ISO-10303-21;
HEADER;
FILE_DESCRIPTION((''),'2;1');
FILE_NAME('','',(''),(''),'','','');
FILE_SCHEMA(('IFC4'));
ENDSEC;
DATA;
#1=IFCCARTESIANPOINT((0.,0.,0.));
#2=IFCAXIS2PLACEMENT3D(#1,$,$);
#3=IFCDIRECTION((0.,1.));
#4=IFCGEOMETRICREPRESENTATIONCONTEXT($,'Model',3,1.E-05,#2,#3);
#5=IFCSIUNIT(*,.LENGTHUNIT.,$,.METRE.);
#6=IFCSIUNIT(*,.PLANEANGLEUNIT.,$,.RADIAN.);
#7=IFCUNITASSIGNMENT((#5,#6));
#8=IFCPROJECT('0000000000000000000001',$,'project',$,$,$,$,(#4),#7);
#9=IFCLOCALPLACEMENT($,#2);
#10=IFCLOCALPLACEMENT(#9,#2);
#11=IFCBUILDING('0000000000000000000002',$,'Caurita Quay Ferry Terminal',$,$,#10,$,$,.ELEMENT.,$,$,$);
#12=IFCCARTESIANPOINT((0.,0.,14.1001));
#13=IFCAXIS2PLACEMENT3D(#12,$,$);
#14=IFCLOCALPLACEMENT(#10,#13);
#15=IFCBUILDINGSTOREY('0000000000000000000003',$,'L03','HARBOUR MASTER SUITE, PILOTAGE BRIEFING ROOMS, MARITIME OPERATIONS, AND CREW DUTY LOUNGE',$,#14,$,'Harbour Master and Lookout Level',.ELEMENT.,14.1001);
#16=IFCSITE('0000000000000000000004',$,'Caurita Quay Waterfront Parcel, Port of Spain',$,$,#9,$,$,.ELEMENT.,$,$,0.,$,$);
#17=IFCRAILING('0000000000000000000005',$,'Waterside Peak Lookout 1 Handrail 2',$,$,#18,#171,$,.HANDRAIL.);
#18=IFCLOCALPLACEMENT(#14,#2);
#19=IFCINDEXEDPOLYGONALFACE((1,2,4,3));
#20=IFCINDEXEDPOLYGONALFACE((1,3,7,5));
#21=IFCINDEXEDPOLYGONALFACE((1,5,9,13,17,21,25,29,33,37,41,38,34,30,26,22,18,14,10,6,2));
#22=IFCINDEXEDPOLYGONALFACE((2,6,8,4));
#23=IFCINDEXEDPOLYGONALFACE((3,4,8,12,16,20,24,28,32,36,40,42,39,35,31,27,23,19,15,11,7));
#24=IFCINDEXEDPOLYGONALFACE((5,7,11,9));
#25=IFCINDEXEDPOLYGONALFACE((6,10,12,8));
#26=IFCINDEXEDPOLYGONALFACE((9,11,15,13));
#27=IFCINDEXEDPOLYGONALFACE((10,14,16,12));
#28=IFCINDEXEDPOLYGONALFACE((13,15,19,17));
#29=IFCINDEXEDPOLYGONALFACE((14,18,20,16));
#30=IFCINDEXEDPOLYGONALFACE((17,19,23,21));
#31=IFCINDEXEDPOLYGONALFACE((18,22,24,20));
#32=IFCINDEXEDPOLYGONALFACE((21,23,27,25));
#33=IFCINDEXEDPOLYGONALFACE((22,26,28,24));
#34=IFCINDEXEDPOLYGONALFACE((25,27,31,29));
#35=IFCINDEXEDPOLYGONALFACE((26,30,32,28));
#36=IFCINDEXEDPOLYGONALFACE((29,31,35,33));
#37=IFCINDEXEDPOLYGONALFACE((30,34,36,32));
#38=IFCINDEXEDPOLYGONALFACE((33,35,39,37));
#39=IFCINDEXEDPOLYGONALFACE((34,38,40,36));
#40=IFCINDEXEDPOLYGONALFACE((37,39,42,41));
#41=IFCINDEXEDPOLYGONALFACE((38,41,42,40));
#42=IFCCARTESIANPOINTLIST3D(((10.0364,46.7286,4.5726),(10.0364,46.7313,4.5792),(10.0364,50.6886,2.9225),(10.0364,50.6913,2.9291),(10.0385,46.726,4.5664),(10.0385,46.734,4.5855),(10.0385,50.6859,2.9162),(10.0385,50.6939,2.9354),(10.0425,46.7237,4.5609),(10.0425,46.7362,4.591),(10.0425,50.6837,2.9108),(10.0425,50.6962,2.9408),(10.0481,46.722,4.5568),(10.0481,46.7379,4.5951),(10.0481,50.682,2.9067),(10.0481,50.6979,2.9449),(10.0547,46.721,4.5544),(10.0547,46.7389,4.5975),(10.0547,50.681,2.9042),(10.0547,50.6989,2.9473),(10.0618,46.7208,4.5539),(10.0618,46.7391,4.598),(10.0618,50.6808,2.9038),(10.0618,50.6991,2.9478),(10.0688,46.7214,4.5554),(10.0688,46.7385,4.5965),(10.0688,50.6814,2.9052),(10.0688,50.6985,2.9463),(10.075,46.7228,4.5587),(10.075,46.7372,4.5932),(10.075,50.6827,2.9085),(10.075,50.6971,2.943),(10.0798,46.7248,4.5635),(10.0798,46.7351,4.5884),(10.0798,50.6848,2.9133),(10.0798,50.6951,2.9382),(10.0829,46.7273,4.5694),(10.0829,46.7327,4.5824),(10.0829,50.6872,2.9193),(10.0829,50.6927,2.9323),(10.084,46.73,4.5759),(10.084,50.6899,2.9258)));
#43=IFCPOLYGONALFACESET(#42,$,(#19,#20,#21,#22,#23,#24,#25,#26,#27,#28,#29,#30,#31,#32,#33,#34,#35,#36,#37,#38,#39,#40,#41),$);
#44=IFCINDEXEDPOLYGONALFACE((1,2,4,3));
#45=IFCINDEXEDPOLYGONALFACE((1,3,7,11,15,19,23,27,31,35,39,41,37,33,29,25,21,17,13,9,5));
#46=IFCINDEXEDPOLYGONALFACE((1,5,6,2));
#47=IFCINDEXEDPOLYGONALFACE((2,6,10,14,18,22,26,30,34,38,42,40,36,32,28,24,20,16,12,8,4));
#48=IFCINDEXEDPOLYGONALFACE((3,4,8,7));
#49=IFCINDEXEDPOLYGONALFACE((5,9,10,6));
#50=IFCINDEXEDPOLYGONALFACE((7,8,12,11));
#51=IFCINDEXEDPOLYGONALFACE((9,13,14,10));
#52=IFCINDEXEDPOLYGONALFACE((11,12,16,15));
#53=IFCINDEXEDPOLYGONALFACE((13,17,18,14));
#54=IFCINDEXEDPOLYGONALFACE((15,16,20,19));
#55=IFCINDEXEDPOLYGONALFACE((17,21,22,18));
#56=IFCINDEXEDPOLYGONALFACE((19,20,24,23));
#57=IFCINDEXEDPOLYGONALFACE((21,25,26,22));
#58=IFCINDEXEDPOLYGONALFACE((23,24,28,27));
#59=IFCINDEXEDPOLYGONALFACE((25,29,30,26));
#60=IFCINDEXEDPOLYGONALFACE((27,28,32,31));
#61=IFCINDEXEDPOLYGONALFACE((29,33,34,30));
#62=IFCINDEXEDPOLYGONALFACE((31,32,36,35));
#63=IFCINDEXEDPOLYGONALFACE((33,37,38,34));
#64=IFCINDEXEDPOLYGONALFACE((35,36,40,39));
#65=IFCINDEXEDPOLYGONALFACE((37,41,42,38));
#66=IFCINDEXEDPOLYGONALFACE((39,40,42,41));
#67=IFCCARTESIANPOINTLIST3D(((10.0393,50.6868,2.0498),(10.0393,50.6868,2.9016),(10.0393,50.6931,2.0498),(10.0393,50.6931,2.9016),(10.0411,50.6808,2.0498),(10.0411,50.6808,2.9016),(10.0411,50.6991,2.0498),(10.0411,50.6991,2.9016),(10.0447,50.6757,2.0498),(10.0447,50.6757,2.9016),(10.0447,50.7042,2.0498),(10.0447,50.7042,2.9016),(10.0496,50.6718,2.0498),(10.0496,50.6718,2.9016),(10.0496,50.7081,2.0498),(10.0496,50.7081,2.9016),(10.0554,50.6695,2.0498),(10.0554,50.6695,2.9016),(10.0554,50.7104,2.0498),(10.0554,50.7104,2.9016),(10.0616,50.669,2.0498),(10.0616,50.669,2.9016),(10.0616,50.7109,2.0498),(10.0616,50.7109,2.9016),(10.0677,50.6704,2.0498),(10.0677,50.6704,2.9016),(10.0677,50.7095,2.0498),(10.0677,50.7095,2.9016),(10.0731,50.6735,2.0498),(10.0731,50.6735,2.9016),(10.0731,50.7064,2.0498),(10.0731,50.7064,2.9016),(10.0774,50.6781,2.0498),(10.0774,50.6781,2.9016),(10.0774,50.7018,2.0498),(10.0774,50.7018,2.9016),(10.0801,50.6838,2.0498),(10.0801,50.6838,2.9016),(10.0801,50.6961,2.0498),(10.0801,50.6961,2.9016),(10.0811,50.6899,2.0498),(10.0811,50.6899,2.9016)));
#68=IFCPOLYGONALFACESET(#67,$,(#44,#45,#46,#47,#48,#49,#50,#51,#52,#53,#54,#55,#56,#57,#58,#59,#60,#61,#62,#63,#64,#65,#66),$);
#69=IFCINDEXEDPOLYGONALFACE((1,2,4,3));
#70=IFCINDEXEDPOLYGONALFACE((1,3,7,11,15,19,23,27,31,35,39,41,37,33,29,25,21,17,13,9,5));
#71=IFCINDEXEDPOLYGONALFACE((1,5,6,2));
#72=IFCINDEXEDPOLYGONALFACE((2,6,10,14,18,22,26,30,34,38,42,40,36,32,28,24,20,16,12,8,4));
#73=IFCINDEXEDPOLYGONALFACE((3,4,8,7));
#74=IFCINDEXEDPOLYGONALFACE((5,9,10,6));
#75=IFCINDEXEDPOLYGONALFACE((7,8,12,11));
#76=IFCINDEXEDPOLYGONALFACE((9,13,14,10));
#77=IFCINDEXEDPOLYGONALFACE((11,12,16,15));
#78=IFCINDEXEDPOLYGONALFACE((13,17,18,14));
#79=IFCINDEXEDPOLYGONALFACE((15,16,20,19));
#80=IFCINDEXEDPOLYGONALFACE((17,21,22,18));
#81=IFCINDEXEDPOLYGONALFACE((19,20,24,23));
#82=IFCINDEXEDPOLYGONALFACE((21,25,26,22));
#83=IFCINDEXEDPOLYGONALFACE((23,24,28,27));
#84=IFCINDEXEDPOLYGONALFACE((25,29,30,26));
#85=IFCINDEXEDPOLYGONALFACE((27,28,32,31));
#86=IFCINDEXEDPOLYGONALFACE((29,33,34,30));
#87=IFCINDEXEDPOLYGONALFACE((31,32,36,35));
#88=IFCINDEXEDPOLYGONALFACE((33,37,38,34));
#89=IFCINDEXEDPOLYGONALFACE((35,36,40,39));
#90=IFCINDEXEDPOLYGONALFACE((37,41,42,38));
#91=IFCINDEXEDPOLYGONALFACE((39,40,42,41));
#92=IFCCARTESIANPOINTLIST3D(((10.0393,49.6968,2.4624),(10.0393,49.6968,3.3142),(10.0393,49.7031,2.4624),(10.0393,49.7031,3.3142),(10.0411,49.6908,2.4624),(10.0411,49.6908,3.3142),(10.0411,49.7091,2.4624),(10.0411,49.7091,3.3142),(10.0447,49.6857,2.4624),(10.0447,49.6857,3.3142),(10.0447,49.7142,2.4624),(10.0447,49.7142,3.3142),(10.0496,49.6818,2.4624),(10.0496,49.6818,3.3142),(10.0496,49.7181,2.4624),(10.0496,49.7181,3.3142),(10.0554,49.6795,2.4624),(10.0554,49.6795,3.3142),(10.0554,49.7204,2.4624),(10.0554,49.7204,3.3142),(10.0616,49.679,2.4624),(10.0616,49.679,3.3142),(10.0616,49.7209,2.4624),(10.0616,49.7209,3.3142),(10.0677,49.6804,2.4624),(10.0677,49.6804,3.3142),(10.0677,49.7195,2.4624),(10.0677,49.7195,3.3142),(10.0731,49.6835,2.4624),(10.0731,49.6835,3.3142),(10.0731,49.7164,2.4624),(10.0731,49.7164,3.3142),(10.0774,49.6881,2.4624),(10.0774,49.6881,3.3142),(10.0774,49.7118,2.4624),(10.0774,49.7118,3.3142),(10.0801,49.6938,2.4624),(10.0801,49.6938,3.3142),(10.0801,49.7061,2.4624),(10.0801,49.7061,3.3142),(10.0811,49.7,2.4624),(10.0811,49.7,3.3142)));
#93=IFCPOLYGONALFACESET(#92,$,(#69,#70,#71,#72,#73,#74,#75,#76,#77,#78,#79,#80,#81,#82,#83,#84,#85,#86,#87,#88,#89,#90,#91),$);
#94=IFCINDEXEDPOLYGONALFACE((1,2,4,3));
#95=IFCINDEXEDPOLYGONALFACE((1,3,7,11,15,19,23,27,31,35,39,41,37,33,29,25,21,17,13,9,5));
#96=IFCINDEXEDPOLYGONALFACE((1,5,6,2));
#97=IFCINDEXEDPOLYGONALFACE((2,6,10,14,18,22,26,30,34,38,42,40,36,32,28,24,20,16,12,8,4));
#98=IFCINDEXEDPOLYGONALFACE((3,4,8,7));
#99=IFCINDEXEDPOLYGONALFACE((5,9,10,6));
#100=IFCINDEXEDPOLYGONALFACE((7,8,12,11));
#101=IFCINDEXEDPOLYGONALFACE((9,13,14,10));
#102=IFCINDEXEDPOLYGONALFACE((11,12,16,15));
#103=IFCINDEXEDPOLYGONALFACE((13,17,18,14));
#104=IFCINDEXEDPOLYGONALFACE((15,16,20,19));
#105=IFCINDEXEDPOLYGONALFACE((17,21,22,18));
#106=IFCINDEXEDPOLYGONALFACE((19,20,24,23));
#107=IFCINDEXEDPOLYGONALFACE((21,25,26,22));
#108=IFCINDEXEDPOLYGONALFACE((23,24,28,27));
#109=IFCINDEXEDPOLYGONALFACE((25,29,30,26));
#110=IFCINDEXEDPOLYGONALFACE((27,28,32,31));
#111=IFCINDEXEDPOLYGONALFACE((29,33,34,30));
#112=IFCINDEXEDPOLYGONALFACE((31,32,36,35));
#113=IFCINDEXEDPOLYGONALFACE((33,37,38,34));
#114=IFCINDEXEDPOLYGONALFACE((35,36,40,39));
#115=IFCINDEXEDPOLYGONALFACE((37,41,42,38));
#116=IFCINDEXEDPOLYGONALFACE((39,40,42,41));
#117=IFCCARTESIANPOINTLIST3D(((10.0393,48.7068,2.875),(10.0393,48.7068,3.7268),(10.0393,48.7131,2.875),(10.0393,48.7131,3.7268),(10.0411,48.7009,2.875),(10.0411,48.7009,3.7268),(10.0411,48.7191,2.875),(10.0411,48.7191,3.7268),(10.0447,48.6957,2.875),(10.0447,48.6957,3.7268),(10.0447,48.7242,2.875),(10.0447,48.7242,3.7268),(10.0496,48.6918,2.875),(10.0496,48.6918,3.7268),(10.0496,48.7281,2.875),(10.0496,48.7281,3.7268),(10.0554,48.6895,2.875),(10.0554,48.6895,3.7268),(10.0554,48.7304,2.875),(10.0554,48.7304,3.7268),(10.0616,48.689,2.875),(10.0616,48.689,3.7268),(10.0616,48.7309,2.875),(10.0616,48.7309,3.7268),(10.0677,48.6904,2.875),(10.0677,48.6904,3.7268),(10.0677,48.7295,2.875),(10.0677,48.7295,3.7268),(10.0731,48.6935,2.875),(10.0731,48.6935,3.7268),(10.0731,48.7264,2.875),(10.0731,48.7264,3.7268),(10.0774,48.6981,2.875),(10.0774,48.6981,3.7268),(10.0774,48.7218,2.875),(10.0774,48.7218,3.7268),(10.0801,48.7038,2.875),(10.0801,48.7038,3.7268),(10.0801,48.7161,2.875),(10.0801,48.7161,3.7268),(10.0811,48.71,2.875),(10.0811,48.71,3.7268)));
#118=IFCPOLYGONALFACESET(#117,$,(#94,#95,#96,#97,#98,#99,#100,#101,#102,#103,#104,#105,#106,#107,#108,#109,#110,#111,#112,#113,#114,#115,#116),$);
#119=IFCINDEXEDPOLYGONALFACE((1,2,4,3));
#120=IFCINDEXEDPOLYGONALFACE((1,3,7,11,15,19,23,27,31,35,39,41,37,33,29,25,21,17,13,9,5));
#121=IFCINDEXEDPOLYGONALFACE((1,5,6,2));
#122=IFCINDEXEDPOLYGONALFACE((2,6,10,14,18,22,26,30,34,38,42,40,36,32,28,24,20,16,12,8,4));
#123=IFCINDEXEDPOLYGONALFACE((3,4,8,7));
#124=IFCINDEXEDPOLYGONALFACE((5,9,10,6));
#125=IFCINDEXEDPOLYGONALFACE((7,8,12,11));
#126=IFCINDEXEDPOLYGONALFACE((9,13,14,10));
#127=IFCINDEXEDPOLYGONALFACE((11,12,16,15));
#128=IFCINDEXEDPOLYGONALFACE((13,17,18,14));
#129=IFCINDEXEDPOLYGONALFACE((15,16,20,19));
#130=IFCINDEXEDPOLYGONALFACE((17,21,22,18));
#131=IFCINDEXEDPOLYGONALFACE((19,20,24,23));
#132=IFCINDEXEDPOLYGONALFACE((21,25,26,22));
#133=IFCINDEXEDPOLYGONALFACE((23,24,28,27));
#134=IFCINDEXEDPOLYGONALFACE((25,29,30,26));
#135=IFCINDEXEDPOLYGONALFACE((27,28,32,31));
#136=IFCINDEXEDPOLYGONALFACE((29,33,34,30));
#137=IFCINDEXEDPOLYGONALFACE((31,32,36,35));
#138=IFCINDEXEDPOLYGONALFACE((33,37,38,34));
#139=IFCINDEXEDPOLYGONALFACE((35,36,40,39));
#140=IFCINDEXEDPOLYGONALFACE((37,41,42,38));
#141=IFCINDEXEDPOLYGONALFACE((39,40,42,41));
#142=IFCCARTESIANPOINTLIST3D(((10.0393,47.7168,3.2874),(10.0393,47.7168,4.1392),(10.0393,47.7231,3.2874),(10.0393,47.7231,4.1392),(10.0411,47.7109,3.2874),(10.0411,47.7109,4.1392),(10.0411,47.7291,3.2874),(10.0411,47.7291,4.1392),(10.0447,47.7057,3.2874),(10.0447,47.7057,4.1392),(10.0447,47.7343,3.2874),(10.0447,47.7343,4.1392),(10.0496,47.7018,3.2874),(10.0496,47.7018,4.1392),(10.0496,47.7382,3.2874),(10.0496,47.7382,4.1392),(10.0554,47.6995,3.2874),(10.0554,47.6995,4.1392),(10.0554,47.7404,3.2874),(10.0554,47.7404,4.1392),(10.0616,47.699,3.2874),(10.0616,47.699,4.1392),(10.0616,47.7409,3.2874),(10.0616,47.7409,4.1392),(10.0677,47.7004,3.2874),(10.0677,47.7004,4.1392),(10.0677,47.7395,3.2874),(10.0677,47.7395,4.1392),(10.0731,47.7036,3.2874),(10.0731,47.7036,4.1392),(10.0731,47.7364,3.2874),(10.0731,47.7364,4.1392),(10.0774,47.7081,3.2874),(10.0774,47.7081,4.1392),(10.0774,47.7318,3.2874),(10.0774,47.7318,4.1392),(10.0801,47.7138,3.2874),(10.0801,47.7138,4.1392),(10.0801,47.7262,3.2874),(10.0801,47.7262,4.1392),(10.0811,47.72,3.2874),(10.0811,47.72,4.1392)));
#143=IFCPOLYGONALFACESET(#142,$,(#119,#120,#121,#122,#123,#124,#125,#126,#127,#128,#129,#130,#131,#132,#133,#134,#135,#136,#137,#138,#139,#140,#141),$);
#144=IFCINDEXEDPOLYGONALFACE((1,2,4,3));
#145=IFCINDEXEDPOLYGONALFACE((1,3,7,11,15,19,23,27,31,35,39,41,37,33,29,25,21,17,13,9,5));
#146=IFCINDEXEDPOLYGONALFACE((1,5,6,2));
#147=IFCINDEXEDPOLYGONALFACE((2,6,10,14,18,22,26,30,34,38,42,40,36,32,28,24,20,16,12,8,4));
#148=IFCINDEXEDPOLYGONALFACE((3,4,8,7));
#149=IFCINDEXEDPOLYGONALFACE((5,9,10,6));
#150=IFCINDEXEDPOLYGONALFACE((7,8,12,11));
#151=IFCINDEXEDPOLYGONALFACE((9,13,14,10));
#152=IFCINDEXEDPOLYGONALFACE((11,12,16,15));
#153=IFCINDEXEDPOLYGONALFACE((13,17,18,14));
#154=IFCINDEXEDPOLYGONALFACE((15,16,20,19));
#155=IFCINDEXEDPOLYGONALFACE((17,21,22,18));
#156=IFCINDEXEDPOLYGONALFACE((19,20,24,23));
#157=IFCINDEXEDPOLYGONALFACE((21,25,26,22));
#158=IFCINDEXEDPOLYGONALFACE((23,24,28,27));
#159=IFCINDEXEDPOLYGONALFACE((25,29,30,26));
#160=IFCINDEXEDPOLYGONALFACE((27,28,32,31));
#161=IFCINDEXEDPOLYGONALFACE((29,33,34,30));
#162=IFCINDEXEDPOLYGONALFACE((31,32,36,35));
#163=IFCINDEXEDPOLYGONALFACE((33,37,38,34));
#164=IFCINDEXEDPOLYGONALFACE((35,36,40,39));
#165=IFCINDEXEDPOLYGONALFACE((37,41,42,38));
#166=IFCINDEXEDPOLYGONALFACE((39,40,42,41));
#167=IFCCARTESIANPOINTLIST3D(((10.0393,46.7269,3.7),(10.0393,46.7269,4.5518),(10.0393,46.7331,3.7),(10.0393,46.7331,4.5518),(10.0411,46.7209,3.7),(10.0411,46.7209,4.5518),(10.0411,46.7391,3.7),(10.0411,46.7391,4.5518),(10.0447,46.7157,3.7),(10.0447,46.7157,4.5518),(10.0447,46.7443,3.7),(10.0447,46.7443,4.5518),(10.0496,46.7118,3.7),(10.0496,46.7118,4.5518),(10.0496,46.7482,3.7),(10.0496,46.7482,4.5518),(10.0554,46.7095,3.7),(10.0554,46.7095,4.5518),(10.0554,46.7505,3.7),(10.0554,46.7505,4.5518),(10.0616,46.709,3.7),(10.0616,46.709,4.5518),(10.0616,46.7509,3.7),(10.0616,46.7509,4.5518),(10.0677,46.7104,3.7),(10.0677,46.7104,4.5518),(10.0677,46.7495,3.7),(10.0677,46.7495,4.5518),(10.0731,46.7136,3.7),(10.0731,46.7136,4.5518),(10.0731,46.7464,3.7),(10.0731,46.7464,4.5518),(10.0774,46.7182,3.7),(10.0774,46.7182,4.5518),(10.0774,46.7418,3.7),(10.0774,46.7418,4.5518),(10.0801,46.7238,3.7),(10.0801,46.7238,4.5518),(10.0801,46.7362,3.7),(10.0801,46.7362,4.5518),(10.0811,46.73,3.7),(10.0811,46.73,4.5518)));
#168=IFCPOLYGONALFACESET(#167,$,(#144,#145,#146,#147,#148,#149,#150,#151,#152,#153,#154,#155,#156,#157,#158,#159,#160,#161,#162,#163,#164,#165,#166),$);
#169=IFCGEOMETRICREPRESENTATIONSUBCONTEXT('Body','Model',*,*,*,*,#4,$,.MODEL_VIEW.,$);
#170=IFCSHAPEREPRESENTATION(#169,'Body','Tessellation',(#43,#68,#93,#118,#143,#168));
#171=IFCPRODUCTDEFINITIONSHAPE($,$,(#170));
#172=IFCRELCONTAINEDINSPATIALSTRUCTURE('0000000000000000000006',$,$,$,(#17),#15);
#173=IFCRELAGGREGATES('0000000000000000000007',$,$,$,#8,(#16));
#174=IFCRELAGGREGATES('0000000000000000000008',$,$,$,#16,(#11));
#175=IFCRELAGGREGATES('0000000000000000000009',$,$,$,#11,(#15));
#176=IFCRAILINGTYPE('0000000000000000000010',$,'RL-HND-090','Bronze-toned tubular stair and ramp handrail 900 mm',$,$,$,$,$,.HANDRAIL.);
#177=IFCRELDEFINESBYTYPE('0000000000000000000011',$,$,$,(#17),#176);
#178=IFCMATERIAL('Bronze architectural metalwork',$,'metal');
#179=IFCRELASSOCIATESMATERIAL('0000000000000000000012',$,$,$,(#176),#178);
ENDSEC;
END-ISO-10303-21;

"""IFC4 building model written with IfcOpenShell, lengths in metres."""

from ifc_helpers import new_model, si_unit, direction, frame, origin, origin_2d, place, context, subcontext, project, spatial, circle, extrude, material, type_object, element, save


model = new_model("IFC4")

# Units and contexts
model_context = context("Model", 3, precision=1e-05, world=origin(), true_north=direction((0.0, 1.0)))
body_context = subcontext(model_context, "Body", "Model", "MODEL_VIEW")
ifc_project = project(units=[si_unit("LENGTHUNIT", "METRE"), si_unit("PLANEANGLEUNIT", "RADIAN")], contexts=[model_context])

# Site, building, storey
site_placement = place(None, origin())
site = spatial("IfcSite", under=ifc_project, at=site_placement, Name="Caurita Quay Waterfront Parcel, Port of Spain", CompositionType="ELEMENT", RefElevation=0.0)
building_placement = place(site_placement, origin())
building = spatial("IfcBuilding", under=site, at=building_placement, Name="Caurita Quay Ferry Terminal", CompositionType="ELEMENT")
storey_placement = place(building_placement, frame((0.0, 0.0, 14.1001)))
storey = spatial("IfcBuildingStorey", under=building, at=storey_placement, Name="L03", Description="HARBOUR MASTER SUITE, PILOTAGE BRIEFING ROOMS, MARITIME OPERATIONS, AND CREW DUTY LOUNGE", LongName="Harbour Master and Lookout Level", CompositionType="ELEMENT", Elevation=14.1001)

# Railing
ifc_material_1 = material(Name="Bronze architectural metalwork", Category="metal")
railing_type_1 = type_object("IfcRailingType", Name="RL-HND-090", Description="Bronze-toned tubular stair and ramp handrail 900 mm", PredefinedType="HANDRAIL", material=ifc_material_1)
railing_1_placement = place(storey_placement, frame((10.0601, 50.6899, 2.0498)))
element("IfcRailing", 1, at=railing_1_placement, inside=storey, type_object=railing_type_1, Name="Waterside Peak Lookout 1 Handrail 2", PredefinedType="HANDRAIL", context=body_context, shape_type="SweptSolid", body=[
    extrude(circle(Radius=0.0239, at=origin_2d()), frame((0.0, 0.0, 0.876), z_axis=(0.0, -0.923063, 0.384648), x_axis=(1.0, 0.0, 0.0)), (0.0, 0.0, 1.0), 4.29),
    extrude(circle(Radius=0.021, at=origin_2d()), origin(), (0.0, 0.0, 1.0), 0.8518),
    extrude(circle(Radius=0.021, at=origin_2d()), frame((0.0, -0.99, 0.4126)), (0.0, 0.0, 1.0), 0.8518),
    extrude(circle(Radius=0.021, at=origin_2d()), frame((0.0, -1.98, 0.8252)), (0.0, 0.0, 1.0), 0.8518),
    extrude(circle(Radius=0.021, at=origin_2d()), frame((0.0, -2.97, 1.2375)), (0.0, 0.0, 1.0), 0.8518),
    extrude(circle(Radius=0.021, at=origin_2d()), frame((0.0, -3.96, 1.6501)), (0.0, 0.0, 1.0), 0.8518),
])

save(model, "model.ifc")
